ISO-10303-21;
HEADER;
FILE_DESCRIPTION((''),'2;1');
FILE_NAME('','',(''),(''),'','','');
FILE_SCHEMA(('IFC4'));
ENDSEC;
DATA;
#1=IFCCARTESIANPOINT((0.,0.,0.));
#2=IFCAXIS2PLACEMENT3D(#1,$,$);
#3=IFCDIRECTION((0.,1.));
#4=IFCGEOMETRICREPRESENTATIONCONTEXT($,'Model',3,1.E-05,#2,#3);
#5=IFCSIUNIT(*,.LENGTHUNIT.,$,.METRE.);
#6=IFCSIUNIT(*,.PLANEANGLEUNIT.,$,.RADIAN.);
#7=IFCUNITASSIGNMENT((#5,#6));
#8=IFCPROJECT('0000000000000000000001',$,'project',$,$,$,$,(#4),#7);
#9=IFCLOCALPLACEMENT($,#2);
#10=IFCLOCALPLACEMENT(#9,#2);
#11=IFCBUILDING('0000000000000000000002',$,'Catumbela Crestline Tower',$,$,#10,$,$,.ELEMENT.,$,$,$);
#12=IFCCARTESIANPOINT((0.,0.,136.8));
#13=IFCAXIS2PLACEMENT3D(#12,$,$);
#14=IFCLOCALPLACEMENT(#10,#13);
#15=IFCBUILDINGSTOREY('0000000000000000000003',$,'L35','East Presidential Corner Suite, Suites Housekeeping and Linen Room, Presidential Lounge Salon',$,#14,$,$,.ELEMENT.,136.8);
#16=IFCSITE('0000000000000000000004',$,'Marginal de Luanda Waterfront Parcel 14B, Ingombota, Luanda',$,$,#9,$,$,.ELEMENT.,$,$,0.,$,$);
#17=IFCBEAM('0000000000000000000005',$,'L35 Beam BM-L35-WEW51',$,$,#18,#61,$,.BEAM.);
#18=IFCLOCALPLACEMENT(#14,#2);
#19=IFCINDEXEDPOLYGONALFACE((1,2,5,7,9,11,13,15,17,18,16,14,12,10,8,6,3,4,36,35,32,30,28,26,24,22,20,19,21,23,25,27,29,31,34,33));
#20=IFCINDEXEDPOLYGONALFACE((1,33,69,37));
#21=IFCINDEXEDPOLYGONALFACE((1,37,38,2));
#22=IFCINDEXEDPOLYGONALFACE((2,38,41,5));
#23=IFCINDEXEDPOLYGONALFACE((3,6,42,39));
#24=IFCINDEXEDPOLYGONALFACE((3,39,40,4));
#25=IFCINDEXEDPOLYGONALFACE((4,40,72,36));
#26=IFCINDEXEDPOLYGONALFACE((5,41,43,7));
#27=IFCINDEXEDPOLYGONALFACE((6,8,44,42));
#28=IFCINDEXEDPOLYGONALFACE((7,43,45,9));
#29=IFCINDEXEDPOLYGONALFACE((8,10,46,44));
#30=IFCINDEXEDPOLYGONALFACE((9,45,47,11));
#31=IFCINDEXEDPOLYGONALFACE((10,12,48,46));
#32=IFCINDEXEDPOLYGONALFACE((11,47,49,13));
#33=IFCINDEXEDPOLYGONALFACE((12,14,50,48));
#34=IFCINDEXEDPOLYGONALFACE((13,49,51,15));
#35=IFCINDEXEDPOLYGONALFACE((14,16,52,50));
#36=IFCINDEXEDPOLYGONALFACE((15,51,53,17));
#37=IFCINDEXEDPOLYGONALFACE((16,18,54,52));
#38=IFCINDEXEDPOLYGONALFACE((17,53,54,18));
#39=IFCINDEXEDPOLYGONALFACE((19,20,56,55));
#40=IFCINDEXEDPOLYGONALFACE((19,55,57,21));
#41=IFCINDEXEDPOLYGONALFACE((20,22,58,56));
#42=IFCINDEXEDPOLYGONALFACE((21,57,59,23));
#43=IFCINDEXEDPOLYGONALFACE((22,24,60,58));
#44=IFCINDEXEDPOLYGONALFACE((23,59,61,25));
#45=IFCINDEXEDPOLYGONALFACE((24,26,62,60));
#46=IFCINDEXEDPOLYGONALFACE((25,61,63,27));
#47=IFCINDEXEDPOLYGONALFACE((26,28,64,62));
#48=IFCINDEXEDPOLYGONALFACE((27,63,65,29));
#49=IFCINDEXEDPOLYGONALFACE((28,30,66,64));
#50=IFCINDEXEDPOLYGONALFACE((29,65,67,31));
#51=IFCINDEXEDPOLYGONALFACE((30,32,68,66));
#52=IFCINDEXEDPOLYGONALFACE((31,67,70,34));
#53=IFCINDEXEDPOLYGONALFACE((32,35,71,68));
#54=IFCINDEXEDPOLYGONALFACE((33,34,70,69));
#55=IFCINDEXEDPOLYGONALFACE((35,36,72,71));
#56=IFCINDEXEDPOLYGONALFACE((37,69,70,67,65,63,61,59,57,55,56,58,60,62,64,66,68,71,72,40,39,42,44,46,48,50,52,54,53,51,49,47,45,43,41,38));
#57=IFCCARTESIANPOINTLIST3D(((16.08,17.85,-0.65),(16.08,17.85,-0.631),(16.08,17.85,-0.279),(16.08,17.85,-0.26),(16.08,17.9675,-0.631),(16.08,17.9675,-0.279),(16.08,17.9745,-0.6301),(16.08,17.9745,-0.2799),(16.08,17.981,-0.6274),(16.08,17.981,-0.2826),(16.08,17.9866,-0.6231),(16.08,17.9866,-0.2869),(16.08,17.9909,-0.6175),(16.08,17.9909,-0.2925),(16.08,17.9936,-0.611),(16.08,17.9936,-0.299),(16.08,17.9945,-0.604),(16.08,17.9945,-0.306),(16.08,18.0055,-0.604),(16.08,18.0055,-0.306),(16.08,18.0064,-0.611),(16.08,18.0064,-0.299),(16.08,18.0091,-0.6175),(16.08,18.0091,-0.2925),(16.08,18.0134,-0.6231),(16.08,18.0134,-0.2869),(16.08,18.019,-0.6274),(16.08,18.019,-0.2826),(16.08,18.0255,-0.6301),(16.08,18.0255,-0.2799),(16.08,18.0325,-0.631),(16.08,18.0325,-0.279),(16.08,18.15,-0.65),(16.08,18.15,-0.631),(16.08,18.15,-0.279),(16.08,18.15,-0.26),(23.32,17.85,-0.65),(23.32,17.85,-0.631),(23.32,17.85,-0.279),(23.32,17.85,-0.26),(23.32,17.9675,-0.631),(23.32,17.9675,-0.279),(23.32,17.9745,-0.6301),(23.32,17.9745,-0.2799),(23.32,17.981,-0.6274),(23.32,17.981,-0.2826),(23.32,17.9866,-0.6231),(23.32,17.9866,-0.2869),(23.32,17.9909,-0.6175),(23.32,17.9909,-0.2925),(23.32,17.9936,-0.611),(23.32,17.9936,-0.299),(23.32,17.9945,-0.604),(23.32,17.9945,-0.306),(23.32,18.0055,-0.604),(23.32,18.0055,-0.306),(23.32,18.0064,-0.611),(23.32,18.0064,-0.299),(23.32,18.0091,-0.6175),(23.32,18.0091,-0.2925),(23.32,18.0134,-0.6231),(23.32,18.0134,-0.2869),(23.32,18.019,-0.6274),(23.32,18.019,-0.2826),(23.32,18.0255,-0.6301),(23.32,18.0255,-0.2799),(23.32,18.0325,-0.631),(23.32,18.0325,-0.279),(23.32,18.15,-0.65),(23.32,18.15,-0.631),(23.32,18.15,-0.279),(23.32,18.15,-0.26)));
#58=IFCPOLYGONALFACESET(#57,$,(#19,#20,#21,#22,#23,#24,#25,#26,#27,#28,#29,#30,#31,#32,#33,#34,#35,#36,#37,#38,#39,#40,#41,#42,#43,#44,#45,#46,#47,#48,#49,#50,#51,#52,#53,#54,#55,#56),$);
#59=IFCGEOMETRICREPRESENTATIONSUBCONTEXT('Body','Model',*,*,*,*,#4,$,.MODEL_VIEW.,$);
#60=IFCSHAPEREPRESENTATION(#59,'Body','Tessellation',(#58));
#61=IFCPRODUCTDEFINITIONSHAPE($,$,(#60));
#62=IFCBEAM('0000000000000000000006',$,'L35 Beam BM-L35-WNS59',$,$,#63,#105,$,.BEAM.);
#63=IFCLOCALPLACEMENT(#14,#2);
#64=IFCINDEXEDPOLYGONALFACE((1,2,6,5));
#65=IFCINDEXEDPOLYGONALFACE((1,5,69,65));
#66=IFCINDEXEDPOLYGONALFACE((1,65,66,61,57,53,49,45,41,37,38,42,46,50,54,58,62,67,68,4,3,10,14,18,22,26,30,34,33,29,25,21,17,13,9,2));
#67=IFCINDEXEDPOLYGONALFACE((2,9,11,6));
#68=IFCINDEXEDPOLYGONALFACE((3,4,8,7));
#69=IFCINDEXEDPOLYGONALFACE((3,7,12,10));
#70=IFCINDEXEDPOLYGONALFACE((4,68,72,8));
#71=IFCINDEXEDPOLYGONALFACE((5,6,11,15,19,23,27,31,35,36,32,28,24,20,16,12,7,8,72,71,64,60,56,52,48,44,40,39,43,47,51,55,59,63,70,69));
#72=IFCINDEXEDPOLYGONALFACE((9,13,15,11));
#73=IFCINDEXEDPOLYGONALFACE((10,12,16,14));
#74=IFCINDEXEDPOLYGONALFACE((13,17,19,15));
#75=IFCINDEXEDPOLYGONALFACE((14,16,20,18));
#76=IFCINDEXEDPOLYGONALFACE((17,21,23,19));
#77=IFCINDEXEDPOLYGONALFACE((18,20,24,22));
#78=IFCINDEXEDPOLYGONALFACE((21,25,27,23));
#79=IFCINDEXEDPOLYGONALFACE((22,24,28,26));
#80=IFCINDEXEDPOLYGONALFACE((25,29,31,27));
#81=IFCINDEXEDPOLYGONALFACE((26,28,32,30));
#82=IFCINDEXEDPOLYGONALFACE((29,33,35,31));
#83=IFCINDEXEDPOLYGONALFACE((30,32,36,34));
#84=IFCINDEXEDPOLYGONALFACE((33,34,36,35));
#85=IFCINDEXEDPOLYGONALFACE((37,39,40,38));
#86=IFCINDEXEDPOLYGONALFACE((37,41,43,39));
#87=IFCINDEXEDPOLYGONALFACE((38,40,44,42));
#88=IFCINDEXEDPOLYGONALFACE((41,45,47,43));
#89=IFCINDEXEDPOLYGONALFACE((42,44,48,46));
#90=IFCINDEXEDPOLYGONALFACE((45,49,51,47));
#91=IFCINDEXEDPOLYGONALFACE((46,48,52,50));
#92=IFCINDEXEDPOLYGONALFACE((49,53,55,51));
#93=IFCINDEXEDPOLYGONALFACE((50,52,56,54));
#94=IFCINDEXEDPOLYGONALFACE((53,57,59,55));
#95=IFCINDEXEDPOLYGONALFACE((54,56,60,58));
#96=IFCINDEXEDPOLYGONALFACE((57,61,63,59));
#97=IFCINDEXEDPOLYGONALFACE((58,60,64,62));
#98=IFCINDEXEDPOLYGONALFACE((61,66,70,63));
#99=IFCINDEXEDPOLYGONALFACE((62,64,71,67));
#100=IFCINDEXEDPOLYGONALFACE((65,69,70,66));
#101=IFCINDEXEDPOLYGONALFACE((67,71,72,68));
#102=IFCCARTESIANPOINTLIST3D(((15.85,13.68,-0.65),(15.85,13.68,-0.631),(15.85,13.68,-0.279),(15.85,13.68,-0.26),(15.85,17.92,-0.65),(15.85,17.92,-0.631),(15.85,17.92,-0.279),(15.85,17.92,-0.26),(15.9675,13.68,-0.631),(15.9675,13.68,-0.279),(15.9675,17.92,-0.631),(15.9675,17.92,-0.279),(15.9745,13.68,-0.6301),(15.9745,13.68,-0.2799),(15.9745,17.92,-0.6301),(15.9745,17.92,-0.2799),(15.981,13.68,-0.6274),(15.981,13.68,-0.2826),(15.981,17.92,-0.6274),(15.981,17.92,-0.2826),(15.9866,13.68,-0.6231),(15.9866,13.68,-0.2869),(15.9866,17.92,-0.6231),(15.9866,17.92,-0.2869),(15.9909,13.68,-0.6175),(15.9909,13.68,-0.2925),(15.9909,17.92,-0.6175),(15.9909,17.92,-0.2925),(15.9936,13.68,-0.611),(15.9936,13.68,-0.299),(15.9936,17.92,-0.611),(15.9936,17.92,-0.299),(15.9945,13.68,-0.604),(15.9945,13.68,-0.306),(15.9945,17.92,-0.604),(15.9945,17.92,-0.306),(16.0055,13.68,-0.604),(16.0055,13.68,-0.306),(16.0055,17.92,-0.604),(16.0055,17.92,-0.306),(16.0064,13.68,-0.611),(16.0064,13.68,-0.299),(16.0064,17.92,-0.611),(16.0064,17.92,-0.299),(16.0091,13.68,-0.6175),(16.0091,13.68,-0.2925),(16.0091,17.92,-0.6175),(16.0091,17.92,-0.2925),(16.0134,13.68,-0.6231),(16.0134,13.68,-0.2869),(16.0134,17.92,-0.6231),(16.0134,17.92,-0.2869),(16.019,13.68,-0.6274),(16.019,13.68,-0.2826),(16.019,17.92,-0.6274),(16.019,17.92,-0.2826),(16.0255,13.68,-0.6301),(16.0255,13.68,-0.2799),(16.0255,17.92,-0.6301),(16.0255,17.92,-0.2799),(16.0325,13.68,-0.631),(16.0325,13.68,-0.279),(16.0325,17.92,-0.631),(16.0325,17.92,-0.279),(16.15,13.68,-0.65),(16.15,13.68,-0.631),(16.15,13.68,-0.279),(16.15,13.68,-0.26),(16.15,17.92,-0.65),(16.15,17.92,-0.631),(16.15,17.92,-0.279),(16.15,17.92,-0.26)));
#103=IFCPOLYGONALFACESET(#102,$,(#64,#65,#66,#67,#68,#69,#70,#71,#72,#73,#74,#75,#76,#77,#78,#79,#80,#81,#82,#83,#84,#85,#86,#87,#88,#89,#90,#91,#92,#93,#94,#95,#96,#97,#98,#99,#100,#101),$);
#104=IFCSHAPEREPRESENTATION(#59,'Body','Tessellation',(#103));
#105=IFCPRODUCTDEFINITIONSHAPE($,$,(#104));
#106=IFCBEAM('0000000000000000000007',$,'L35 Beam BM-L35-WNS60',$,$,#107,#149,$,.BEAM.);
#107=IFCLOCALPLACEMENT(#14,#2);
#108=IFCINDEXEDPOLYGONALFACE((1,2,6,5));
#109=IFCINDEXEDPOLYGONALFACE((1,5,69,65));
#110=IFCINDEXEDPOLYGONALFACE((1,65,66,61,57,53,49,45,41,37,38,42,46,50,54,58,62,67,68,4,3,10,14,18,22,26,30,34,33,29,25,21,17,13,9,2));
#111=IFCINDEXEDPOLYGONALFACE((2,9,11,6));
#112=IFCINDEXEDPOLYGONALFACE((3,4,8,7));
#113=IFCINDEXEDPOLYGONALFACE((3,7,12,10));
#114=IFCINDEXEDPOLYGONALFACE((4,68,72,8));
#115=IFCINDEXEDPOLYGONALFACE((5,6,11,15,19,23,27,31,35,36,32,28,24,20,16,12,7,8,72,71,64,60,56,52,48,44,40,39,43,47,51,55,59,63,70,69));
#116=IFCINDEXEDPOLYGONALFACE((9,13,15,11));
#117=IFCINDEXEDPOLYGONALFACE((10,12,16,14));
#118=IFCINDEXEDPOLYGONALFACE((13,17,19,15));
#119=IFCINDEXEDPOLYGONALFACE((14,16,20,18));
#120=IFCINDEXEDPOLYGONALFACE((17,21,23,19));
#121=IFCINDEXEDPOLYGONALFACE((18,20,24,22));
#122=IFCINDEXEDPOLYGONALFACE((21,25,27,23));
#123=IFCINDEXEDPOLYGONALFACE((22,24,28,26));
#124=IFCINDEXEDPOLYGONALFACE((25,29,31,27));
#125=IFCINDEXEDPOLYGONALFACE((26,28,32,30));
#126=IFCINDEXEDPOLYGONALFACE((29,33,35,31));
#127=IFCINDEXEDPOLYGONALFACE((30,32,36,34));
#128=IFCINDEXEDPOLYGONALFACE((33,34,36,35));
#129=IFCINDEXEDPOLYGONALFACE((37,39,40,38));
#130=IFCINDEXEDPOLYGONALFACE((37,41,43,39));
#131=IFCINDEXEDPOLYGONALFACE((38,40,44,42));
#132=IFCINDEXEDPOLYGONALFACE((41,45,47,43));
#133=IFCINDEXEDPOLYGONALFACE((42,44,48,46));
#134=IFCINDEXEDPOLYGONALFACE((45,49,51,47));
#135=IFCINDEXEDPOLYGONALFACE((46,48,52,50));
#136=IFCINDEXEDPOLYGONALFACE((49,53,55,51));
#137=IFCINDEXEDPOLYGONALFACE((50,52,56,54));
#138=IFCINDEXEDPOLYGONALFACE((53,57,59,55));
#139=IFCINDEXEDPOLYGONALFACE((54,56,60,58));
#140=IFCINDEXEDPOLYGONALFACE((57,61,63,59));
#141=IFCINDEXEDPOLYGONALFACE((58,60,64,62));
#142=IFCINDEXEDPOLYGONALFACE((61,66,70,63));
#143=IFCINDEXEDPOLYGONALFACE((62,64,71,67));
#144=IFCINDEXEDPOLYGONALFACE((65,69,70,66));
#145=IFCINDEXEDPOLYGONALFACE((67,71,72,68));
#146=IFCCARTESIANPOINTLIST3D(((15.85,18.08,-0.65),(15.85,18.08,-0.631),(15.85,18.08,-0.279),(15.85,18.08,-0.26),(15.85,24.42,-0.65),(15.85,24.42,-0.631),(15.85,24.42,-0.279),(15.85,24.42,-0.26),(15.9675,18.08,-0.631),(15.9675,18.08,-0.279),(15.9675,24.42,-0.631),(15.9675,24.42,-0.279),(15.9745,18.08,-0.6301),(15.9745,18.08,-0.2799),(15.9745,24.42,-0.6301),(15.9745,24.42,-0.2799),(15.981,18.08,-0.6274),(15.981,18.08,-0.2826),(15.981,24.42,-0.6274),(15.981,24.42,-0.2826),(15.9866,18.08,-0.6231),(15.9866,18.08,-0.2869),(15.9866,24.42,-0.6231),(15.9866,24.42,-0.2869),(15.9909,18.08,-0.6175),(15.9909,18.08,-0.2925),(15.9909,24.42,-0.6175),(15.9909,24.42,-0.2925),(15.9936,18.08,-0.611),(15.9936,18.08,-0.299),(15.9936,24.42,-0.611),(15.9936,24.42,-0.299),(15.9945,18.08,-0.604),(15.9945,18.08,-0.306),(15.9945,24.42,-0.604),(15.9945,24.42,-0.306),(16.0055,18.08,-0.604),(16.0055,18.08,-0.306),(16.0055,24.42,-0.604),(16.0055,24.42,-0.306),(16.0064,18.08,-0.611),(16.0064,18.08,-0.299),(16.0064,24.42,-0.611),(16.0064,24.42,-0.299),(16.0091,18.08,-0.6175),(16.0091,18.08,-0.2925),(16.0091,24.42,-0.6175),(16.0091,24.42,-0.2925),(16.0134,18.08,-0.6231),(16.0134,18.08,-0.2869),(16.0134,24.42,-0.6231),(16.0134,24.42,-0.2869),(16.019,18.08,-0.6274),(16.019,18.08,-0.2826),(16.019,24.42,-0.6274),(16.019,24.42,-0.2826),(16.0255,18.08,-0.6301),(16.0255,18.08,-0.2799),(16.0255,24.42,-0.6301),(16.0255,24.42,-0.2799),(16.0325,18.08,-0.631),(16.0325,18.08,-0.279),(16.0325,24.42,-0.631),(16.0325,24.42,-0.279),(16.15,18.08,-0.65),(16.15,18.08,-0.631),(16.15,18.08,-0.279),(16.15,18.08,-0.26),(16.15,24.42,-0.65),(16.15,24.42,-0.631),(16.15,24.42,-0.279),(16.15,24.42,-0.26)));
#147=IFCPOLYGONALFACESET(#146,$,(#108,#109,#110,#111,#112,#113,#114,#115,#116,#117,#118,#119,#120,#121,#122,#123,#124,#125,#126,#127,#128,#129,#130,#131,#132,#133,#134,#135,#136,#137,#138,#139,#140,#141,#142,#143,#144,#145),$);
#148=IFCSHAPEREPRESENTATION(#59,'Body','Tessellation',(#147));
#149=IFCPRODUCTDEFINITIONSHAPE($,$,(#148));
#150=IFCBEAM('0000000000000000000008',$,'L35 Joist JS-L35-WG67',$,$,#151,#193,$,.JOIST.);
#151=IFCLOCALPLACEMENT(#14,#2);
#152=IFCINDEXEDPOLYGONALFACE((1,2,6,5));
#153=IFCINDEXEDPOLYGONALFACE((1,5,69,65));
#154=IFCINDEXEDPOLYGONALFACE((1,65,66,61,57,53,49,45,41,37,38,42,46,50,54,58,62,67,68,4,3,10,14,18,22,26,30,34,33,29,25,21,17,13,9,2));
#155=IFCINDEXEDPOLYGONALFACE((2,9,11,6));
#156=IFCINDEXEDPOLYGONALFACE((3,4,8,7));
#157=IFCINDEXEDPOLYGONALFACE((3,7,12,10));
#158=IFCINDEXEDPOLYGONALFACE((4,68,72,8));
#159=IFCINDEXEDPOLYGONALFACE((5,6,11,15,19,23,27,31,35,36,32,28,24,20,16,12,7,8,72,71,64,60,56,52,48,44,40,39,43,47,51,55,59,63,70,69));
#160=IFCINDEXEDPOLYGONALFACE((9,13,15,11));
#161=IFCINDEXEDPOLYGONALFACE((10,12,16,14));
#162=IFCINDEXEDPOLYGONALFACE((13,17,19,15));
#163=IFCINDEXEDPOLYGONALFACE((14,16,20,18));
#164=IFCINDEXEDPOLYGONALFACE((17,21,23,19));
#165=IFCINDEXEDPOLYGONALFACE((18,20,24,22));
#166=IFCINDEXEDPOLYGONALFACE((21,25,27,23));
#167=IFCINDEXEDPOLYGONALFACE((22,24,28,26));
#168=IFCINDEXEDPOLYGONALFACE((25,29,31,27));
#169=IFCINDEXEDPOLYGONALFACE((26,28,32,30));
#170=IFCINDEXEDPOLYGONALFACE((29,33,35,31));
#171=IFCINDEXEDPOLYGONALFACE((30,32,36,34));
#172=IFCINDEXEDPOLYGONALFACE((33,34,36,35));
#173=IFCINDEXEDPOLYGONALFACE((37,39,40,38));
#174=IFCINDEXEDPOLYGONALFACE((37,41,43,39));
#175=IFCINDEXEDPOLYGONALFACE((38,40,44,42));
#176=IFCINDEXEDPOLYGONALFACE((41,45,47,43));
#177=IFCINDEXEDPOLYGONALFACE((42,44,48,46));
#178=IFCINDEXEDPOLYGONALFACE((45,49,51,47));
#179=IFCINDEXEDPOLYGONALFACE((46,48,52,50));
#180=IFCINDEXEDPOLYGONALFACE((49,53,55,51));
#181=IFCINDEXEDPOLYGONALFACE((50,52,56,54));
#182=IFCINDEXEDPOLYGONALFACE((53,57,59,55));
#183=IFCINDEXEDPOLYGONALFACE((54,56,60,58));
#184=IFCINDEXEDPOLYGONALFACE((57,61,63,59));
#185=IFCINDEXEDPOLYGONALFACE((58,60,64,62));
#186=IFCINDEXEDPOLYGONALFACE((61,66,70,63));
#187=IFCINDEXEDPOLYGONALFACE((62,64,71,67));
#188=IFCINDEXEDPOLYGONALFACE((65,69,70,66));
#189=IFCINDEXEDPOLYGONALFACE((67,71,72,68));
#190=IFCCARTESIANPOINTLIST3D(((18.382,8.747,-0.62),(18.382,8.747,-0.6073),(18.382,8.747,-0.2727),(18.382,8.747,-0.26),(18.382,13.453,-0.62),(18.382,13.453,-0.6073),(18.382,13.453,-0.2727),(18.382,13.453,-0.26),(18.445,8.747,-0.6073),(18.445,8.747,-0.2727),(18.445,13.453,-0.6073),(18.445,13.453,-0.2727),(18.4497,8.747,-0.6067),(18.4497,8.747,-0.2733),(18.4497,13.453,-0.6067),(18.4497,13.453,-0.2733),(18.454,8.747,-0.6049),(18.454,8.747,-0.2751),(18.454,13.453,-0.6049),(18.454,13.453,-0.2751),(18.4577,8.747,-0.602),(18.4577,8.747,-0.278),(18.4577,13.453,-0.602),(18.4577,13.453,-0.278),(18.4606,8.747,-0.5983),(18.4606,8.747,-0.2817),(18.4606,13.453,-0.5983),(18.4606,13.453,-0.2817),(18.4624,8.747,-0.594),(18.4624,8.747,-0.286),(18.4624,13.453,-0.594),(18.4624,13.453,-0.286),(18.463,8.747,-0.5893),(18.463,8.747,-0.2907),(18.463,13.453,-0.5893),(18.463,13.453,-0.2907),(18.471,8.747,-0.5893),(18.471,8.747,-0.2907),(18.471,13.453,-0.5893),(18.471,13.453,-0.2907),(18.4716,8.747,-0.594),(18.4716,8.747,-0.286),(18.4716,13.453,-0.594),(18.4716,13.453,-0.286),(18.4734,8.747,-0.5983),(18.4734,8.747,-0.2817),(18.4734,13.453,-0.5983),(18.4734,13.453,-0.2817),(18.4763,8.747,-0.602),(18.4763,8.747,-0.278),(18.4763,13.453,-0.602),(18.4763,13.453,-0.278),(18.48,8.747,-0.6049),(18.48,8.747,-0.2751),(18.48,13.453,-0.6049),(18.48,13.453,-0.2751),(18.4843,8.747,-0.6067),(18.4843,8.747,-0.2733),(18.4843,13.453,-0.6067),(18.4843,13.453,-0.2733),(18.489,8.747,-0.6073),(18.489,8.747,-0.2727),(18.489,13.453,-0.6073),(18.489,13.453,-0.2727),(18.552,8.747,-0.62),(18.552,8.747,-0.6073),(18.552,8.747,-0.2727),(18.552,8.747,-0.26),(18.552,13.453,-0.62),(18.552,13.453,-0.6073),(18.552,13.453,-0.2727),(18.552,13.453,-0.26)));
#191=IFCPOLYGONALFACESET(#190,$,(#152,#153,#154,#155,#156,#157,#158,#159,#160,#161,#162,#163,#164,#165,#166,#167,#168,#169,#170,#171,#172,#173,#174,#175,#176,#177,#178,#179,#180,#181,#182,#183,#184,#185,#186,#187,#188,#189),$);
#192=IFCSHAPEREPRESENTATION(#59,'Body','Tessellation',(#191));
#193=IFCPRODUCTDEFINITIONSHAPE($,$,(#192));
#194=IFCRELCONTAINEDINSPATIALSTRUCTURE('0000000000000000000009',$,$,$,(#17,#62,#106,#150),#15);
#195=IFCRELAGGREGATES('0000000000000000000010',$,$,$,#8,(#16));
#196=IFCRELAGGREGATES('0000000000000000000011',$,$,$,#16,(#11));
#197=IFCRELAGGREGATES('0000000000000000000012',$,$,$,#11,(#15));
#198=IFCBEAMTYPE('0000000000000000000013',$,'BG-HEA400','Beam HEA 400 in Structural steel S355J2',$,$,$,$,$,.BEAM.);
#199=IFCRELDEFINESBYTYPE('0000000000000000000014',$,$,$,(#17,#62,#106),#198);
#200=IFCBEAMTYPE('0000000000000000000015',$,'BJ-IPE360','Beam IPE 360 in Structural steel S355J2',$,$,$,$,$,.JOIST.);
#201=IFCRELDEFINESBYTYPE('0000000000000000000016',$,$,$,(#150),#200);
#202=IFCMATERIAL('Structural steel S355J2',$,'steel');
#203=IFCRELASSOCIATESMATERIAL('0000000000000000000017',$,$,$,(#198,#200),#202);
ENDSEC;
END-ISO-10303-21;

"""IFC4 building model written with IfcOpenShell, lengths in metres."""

from ifc_helpers import new_model, si_unit, direction, frame, origin, origin_2d, place, context, subcontext, project, spatial, i_section, extrude, material, material_profile, profile_set, type_object, element, save


model = new_model("IFC4")

# Units and contexts
model_context = context("Model", 3, precision=1e-05, world=origin(), true_north=direction((0.0, 1.0)))
body_context = subcontext(model_context, "Body", "Model", "MODEL_VIEW")
ifc_project = project(units=[si_unit("LENGTHUNIT", "METRE"), si_unit("PLANEANGLEUNIT", "RADIAN")], contexts=[model_context])

# Site, building, storey
site_placement = place(None, origin())
site = spatial("IfcSite", under=ifc_project, at=site_placement, Name="Marginal de Luanda Waterfront Parcel 14B, Ingombota, Luanda", CompositionType="ELEMENT", RefElevation=0.0)
building_placement = place(site_placement, origin())
building = spatial("IfcBuilding", under=site, at=building_placement, Name="Catumbela Crestline Tower", CompositionType="ELEMENT")
storey_placement = place(building_placement, frame((0.0, 0.0, 136.8)))
storey = spatial("IfcBuildingStorey", under=building, at=storey_placement, Name="L35", Description="East Presidential Corner Suite, Suites Housekeeping and Linen Room, Presidential Lounge Salon", CompositionType="ELEMENT", Elevation=136.8)

# Beams
ifc_material_1 = material(Name="Structural steel S355J2", Category="steel")
ifc_material_profile_1 = material_profile(ifc_material_1, i_section(OverallWidth=0.3, OverallDepth=0.39, WebThickness=0.011, FlangeThickness=0.019, FilletRadius=0.027, at=origin_2d()), Name="HEA 400")
ifc_profile_set_1 = profile_set([ifc_material_profile_1], Name="Structural steel S355J2")
beam_type_1 = type_object("IfcBeamType", Name="BG-HEA400", Description="Beam HEA 400 in Structural steel S355J2", PredefinedType="BEAM", material=ifc_profile_set_1)
for number, where, z_axis, x_axis, name in (
    (1, (16.08, 18.0, -0.455), (1.0, 0.0, 0.0), (0.0, 1.0, 0.0), "L35 Beam BM-L35-WEW51"),
):
    element("IfcBeam", number, at=place(storey_placement, frame(where, z_axis=z_axis, x_axis=x_axis)), inside=storey, type_object=beam_type_1, Name=name, PredefinedType="BEAM", context=body_context, shape_type="SweptSolid", body=[
        extrude(i_section(OverallWidth=0.3, OverallDepth=0.39, WebThickness=0.011, FlangeThickness=0.019, FilletRadius=0.027, at=origin_2d()), origin(), (0.0, 0.0, 1.0), 7.24),
    ])
beam_1_placement = place(storey_placement, frame((16.0, 13.68, -0.455), z_axis=(0.0, 1.0, 0.0), x_axis=(-1.0, 0.0, 0.0)))
element("IfcBeam", 2, at=beam_1_placement, inside=storey, type_object=beam_type_1, Name="L35 Beam BM-L35-WNS59", PredefinedType="BEAM", context=body_context, shape_type="SweptSolid", body=[
    extrude(i_section(OverallWidth=0.3, OverallDepth=0.39, WebThickness=0.011, FlangeThickness=0.019, FilletRadius=0.027, at=origin_2d()), origin(), (0.0, 0.0, 1.0), 4.24),
])
beam_2_placement = place(storey_placement, frame((16.0, 18.08, -0.455), z_axis=(0.0, 1.0, 0.0), x_axis=(-1.0, 0.0, 0.0)))
element("IfcBeam", 3, at=beam_2_placement, inside=storey, type_object=beam_type_1, Name="L35 Beam BM-L35-WNS60", PredefinedType="BEAM", context=body_context, shape_type="SweptSolid", body=[
    extrude(i_section(OverallWidth=0.3, OverallDepth=0.39, WebThickness=0.011, FlangeThickness=0.019, FilletRadius=0.027, at=origin_2d()), origin(), (0.0, 0.0, 1.0), 6.34),
])
ifc_material_profile_2 = material_profile(ifc_material_1, i_section(OverallWidth=0.17, OverallDepth=0.36, WebThickness=0.008, FlangeThickness=0.0127, FilletRadius=0.018, at=origin_2d()), Name="IPE 360")
ifc_profile_set_2 = profile_set([ifc_material_profile_2], Name="Structural steel S355J2")
beam_type_2 = type_object("IfcBeamType", Name="BJ-IPE360", Description="Beam IPE 360 in Structural steel S355J2", PredefinedType="JOIST", material=ifc_profile_set_2)
beam_3_placement = place(storey_placement, frame((18.467, 8.747, -0.44), z_axis=(0.0, 1.0, 0.0), x_axis=(-1.0, 0.0, 0.0)))
element("IfcBeam", 4, at=beam_3_placement, inside=storey, type_object=beam_type_2, Name="L35 Joist JS-L35-WG67", PredefinedType="JOIST", context=body_context, shape_type="SweptSolid", body=[
    extrude(i_section(OverallWidth=0.17, OverallDepth=0.36, WebThickness=0.008, FlangeThickness=0.0127, FilletRadius=0.018, at=origin_2d()), origin(), (0.0, 0.0, 1.0), 4.706),
])

save(model, "model.ifc")
